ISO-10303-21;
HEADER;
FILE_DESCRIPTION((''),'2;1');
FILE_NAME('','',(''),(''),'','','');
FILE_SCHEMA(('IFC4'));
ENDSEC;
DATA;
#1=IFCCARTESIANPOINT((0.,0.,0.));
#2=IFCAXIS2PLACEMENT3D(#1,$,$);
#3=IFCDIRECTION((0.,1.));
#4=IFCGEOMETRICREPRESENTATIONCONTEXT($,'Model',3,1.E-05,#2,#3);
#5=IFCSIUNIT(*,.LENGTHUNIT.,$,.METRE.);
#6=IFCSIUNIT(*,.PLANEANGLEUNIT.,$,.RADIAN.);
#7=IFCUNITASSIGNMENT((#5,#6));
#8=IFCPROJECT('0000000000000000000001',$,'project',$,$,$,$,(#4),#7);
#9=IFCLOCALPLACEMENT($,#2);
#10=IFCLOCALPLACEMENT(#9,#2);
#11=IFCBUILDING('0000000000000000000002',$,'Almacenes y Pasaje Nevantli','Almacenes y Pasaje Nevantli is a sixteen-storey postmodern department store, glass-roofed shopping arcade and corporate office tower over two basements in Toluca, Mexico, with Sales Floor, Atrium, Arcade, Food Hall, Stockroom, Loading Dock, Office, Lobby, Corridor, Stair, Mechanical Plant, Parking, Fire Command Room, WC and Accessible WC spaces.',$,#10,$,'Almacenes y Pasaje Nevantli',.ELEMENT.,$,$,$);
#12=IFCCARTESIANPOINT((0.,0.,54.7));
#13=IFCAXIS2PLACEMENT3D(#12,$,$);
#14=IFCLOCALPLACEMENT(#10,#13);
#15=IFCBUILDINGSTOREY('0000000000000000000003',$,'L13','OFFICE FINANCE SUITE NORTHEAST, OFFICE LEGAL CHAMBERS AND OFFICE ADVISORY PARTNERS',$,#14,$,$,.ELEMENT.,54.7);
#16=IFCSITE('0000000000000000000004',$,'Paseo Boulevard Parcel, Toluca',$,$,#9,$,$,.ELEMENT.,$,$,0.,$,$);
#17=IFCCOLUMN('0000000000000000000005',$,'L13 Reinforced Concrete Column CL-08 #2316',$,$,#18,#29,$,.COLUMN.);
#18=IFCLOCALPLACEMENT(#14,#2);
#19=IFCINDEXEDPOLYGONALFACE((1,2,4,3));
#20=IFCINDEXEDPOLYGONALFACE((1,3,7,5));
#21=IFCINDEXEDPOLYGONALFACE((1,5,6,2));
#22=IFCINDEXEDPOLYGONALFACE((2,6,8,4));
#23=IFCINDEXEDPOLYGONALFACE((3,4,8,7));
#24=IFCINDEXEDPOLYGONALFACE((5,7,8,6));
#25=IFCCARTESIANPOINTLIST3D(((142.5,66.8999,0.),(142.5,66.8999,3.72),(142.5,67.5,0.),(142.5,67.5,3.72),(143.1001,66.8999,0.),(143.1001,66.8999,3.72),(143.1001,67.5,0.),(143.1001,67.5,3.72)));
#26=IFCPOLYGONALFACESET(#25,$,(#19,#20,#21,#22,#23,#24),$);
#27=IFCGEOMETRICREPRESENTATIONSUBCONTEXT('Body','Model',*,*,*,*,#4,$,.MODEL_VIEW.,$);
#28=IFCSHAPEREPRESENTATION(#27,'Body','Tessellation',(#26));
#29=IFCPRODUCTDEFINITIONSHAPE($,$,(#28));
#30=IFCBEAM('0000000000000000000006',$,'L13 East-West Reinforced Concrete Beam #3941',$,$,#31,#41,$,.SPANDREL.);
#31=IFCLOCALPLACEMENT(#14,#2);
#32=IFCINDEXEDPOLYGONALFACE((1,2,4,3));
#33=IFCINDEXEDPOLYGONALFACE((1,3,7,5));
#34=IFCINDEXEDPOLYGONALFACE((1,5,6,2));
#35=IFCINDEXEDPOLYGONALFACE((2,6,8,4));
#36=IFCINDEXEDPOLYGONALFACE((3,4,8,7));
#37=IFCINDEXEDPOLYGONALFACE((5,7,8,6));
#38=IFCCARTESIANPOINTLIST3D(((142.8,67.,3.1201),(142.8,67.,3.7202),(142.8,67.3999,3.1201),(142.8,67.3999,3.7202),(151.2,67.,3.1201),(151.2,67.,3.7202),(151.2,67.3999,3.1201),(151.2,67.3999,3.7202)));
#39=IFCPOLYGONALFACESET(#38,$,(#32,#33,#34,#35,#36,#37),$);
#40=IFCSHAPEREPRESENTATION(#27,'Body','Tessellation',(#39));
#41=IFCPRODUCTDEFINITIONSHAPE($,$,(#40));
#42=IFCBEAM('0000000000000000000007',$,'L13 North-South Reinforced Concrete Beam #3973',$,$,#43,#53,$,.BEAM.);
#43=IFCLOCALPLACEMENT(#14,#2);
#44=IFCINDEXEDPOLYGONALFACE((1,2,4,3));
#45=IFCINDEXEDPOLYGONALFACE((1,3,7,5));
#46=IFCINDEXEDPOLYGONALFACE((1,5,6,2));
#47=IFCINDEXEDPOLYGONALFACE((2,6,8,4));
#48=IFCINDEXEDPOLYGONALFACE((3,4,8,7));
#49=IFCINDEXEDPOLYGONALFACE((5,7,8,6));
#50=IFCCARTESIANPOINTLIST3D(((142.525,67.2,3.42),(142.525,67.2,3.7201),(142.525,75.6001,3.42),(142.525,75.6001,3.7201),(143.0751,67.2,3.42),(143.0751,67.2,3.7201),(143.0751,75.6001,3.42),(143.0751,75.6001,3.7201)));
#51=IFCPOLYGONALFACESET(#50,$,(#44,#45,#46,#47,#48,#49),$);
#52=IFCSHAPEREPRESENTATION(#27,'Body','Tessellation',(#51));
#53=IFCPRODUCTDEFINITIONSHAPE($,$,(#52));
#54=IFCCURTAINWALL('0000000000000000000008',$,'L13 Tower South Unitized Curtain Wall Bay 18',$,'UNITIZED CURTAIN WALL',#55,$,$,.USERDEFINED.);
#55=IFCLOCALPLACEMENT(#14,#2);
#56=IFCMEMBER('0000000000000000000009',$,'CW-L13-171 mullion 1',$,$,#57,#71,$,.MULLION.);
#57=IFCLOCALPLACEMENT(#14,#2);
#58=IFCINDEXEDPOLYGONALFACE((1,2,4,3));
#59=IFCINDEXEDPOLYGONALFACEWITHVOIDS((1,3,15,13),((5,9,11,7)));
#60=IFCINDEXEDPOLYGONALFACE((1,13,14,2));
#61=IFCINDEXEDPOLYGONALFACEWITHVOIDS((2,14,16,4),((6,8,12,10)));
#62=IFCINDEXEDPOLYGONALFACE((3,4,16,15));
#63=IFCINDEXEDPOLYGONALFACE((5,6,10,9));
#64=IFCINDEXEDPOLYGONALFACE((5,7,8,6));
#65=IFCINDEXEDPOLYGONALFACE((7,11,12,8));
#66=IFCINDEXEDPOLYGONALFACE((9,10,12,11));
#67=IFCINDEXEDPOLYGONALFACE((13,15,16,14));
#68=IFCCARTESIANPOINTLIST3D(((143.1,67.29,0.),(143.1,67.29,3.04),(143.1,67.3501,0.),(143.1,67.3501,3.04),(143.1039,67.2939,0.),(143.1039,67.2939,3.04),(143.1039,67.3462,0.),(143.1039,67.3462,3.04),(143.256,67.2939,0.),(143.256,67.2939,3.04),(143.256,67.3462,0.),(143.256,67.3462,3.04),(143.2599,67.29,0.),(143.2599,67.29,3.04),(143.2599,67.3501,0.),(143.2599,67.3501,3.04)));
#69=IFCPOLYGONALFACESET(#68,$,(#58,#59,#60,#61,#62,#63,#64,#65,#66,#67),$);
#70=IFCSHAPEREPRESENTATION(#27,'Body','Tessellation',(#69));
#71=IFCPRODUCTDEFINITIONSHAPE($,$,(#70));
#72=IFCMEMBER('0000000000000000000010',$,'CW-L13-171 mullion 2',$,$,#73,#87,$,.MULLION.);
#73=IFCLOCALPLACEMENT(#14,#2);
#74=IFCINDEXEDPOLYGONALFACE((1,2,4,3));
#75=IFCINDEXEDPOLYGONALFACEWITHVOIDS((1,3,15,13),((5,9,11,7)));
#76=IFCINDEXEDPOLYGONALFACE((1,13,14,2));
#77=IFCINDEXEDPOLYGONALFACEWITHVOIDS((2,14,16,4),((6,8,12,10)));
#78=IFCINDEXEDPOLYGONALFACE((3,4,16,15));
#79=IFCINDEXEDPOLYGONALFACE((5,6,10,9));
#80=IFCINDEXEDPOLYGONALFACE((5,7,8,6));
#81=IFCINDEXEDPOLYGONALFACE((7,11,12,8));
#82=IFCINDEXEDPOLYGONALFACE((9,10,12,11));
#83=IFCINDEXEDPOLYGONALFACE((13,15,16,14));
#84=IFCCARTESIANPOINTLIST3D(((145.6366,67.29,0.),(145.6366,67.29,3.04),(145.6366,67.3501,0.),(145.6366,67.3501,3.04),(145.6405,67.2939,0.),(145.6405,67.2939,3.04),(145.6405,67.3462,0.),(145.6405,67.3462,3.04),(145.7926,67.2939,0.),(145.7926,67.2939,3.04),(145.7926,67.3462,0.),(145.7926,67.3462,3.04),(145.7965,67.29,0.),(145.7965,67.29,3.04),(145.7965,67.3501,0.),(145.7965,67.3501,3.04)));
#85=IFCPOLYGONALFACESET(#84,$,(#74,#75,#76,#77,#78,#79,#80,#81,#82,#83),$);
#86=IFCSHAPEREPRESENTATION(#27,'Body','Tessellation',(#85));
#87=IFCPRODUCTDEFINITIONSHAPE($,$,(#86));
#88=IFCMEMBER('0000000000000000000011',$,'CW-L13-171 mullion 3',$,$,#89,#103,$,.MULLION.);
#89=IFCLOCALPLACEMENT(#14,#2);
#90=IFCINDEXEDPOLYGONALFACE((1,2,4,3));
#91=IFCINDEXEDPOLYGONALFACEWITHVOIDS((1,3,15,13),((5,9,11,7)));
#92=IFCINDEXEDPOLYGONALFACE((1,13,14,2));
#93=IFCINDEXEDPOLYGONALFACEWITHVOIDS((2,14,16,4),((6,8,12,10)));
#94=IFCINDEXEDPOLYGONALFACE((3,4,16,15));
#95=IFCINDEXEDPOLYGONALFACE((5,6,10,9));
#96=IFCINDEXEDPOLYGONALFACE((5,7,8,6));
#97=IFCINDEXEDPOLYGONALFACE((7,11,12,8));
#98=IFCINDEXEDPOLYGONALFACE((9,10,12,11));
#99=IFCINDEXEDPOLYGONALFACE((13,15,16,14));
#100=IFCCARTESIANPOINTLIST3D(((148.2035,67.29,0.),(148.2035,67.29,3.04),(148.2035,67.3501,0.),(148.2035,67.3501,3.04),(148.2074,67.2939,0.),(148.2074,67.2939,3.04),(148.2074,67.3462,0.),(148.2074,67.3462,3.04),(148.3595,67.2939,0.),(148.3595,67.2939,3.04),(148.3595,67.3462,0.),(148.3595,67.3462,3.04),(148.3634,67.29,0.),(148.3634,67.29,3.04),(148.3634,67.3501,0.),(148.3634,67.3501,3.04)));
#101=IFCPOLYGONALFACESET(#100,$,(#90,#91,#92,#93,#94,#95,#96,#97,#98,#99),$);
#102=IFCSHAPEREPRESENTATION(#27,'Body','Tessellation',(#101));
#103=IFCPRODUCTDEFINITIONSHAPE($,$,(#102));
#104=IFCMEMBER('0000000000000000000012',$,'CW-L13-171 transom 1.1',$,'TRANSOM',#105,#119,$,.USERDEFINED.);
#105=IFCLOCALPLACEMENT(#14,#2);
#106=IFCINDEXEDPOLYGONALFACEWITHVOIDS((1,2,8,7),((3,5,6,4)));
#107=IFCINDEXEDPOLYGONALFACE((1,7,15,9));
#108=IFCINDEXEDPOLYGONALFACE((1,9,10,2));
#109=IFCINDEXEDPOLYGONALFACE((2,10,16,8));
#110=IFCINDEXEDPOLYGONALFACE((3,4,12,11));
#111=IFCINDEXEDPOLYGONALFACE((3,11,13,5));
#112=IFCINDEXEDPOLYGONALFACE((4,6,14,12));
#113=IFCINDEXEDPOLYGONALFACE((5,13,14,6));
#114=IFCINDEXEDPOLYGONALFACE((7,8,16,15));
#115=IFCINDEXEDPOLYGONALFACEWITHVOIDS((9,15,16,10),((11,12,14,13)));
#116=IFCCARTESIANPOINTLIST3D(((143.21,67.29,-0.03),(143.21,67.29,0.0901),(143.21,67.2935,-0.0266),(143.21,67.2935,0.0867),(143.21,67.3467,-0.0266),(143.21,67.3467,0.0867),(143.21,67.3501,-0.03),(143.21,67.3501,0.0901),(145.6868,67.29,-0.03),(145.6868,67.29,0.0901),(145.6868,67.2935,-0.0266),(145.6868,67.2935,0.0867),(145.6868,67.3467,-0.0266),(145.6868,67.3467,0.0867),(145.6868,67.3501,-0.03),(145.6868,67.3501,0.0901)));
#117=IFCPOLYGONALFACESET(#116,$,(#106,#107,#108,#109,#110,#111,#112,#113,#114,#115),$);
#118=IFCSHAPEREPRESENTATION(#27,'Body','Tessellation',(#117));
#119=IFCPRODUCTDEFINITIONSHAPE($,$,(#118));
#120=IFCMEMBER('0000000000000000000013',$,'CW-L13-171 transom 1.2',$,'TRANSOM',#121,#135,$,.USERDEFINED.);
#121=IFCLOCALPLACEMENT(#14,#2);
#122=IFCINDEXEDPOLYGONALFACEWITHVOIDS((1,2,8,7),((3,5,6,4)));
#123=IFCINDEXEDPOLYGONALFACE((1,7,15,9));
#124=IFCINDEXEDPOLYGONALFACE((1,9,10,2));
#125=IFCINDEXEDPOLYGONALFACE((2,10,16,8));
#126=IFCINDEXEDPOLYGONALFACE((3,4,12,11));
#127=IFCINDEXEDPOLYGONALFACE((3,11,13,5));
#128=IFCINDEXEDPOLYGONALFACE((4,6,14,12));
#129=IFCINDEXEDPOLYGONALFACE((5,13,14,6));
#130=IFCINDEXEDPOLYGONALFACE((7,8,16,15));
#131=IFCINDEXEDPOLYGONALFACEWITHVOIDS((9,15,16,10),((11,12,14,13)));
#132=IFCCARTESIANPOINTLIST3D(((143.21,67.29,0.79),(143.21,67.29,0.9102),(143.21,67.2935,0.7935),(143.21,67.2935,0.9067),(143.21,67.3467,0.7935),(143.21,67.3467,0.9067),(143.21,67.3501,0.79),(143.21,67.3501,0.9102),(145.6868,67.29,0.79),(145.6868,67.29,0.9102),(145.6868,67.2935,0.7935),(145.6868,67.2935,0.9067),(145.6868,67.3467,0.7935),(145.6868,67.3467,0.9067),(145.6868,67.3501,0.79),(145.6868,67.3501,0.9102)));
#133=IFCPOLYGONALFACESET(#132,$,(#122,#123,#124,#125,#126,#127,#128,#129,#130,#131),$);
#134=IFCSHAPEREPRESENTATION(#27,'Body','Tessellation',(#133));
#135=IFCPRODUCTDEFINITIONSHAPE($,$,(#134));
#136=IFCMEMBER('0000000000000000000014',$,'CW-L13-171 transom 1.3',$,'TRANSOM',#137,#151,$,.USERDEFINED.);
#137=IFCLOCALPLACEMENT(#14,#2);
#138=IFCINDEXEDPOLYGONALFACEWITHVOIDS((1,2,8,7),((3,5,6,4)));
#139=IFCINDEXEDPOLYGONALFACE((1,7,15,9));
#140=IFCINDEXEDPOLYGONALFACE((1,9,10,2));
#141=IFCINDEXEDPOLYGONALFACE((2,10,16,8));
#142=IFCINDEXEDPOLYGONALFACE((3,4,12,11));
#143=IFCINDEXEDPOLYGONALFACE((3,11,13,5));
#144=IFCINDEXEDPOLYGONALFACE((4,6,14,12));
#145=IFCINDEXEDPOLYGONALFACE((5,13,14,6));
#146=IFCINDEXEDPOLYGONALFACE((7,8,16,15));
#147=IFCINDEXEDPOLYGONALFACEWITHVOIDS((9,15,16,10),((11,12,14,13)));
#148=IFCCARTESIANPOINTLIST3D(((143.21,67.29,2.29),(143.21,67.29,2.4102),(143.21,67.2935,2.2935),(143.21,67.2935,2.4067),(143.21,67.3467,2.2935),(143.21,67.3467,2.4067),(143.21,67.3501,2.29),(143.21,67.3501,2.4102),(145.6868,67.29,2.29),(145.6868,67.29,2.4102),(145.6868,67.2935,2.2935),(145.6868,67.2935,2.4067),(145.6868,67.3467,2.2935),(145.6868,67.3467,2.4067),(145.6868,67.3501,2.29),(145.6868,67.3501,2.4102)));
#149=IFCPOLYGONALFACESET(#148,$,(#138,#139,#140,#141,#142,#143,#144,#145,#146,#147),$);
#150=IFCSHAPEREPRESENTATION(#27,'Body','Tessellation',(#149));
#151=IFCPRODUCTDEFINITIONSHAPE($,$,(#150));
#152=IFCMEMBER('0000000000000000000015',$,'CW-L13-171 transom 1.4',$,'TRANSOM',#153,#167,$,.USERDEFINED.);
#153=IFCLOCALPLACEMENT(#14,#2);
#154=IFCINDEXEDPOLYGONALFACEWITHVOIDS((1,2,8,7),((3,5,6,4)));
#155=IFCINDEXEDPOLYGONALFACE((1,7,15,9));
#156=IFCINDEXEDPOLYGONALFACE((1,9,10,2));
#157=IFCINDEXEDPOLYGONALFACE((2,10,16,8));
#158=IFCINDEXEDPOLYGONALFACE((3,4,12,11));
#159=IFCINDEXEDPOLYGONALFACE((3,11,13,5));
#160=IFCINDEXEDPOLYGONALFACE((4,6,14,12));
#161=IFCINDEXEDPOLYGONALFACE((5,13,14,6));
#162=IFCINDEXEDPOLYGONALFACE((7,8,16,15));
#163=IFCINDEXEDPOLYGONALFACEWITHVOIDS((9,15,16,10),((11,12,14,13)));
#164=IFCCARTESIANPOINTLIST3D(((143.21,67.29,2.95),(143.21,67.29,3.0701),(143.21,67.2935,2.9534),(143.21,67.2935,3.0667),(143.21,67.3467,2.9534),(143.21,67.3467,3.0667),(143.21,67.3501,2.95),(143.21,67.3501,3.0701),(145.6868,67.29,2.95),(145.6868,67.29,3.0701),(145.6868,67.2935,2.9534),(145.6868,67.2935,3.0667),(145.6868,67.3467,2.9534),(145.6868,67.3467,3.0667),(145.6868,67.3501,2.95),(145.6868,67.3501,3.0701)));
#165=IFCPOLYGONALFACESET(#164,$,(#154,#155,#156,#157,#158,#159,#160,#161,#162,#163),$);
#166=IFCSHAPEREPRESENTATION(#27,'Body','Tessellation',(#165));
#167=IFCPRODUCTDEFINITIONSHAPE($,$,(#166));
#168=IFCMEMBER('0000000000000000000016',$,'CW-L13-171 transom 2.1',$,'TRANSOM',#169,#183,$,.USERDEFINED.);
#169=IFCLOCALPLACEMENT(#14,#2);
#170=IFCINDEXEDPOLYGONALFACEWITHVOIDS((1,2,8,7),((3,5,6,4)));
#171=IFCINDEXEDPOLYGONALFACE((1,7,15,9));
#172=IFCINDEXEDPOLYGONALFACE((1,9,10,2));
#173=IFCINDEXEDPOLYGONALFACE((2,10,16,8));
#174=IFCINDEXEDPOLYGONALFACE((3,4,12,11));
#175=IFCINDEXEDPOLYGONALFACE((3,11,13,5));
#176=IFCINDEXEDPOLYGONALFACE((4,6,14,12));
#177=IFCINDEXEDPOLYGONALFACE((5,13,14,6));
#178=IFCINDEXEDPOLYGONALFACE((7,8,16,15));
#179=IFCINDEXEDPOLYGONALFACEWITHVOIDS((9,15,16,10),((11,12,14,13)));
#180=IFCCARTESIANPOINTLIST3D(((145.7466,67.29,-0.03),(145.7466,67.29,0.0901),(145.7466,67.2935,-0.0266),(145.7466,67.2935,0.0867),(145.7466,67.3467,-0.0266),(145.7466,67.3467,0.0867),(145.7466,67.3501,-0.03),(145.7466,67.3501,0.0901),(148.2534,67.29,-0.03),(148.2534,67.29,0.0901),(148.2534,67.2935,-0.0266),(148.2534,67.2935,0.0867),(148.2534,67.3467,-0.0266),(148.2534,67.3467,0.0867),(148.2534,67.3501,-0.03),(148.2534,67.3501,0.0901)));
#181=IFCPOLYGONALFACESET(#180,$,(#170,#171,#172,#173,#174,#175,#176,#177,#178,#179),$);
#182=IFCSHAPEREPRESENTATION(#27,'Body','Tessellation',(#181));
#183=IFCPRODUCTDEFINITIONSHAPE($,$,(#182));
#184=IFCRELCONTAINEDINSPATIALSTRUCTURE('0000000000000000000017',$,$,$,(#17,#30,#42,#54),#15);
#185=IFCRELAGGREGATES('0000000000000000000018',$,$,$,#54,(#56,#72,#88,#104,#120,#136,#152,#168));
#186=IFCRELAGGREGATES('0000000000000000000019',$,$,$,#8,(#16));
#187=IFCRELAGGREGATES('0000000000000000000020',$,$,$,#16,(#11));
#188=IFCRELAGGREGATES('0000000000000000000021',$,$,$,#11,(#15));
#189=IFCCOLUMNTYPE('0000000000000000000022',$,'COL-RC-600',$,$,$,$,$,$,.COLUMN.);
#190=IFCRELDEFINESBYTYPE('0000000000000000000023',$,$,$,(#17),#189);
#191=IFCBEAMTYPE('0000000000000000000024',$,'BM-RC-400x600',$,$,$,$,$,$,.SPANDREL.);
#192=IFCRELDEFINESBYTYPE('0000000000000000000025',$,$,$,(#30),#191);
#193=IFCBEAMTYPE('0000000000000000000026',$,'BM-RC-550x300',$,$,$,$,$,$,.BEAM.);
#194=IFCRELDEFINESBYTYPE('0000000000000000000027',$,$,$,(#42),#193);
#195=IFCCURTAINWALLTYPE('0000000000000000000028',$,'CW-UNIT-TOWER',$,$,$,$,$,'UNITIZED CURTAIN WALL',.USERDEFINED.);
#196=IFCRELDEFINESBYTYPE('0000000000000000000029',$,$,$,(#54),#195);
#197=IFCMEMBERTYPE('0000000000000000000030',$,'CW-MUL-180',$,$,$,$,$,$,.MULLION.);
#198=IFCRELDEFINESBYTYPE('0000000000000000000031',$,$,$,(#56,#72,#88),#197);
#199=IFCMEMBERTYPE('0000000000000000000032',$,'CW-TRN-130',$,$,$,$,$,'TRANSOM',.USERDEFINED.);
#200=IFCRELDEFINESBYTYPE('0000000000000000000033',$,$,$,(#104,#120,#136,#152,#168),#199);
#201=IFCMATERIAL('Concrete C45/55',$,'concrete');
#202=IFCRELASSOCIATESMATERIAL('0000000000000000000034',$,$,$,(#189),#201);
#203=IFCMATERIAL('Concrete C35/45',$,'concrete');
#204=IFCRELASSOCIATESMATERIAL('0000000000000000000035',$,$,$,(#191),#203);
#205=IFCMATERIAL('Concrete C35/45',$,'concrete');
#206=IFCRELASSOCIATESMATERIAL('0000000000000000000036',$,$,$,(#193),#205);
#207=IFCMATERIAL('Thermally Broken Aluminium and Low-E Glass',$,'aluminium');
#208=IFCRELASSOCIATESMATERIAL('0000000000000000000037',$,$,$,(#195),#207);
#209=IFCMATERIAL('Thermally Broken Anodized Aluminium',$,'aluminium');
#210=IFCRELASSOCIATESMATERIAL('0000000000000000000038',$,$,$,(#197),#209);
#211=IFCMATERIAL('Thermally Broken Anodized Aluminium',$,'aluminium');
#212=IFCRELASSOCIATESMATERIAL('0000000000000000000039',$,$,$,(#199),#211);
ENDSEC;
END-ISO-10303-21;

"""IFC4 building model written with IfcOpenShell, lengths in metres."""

from ifc_helpers import new_model, si_unit, direction, frame, origin, origin_2d, place, context, subcontext, project, spatial, rectangle, hollow_rectangle, extrude, material, material_profile, profile_set, type_object, element, aggregate, save


model = new_model("IFC4")

# Units and contexts
model_context = context("Model", 3, precision=1e-05, world=origin(), true_north=direction((0.0, 1.0)))
body_context = subcontext(model_context, "Body", "Model", "MODEL_VIEW")
ifc_project = project(units=[si_unit("LENGTHUNIT", "METRE"), si_unit("PLANEANGLEUNIT", "RADIAN")], contexts=[model_context])

# Site, building, storey
site_placement = place(None, origin())
site = spatial("IfcSite", under=ifc_project, at=site_placement, Name="Paseo Boulevard Parcel, Toluca", CompositionType="ELEMENT", RefElevation=0.0)
building_placement = place(site_placement, origin())
building = spatial("IfcBuilding", under=site, at=building_placement, Name="Almacenes y Pasaje Nevantli", Description="Almacenes y Pasaje Nevantli is a sixteen-storey postmodern department store, glass-roofed shopping arcade and corporate office tower over two basements in Toluca, Mexico, with Sales Floor, Atrium, Arcade, Food Hall, Stockroom, Loading Dock, Office, Lobby, Corridor, Stair, Mechanical Plant, Parking, Fire Command Room, WC and Accessible WC spaces.", LongName="Almacenes y Pasaje Nevantli", CompositionType="ELEMENT")
storey_placement = place(building_placement, frame((0.0, 0.0, 54.7)))
storey = spatial("IfcBuildingStorey", under=building, at=storey_placement, Name="L13", Description="OFFICE FINANCE SUITE NORTHEAST, OFFICE LEGAL CHAMBERS AND OFFICE ADVISORY PARTNERS", CompositionType="ELEMENT", Elevation=54.7)

# Column
ifc_material_1 = material(Name="Concrete C45/55", Category="concrete")
ifc_material_profile_1 = material_profile(ifc_material_1, rectangle(XDim=0.6001, YDim=0.6001, at=origin_2d()), Name="RC-COL-600x600")
ifc_profile_set_1 = profile_set([ifc_material_profile_1], Name="Concrete C45/55")
column_type = type_object("IfcColumnType", Name="COL-RC-600", PredefinedType="COLUMN", material=ifc_profile_set_1)
column_placement = place(storey_placement, frame((142.8, 67.2, 0.0), z_axis=(0.0, 0.0, 1.0), x_axis=(1.0, 0.0, 0.0)))
element("IfcColumn", 1, at=column_placement, inside=storey, type_object=column_type, Name="L13 Reinforced Concrete Column CL-08 #2316", PredefinedType="COLUMN", context=body_context, shape_type="SweptSolid", body=[
    extrude(rectangle(XDim=0.6001, YDim=0.6001, at=origin_2d()), origin(), (0.0, 0.0, 1.0), 3.72),
])

# Beams
ifc_material_2 = material(Name="Concrete C35/45", Category="concrete")
ifc_material_profile_2 = material_profile(ifc_material_2, rectangle(XDim=0.3999, YDim=0.6001, at=origin_2d()), Name="RC-BM-400x600")
ifc_profile_set_2 = profile_set([ifc_material_profile_2], Name="Concrete C35/45")
beam_type_1 = type_object("IfcBeamType", Name="BM-RC-400x600", PredefinedType="SPANDREL", material=ifc_profile_set_2)
beam_1_placement = place(storey_placement, frame((142.8, 67.2, 3.4202), z_axis=(1.0, 0.0, 0.0), x_axis=(0.0, 1.0, 0.0)))
element("IfcBeam", 2, at=beam_1_placement, inside=storey, type_object=beam_type_1, Name="L13 East-West Reinforced Concrete Beam #3941", PredefinedType="SPANDREL", context=body_context, shape_type="SweptSolid", body=[
    extrude(rectangle(XDim=0.3999, YDim=0.6001, at=origin_2d()), origin(), (0.0, 0.0, 1.0), 8.3999),
])
ifc_material_3 = material(Name="Concrete C35/45", Category="concrete")
ifc_material_profile_3 = material_profile(ifc_material_3, rectangle(XDim=0.55, YDim=0.3, at=origin_2d()), Name="RC-BM-550x300")
ifc_profile_set_3 = profile_set([ifc_material_profile_3], Name="Concrete C35/45")
beam_type_2 = type_object("IfcBeamType", Name="BM-RC-550x300", PredefinedType="BEAM", material=ifc_profile_set_3)
beam_2_placement = place(storey_placement, frame((142.8, 67.2, 3.5701), z_axis=(0.0, 1.0, 0.0), x_axis=(-1.0, 0.0, 0.0)))
element("IfcBeam", 3, at=beam_2_placement, inside=storey, type_object=beam_type_2, Name="L13 North-South Reinforced Concrete Beam #3973", PredefinedType="BEAM", context=body_context, shape_type="SweptSolid", body=[
    extrude(rectangle(XDim=0.55, YDim=0.3, at=origin_2d()), origin(), (0.0, 0.0, 1.0), 8.4001),
])

# Curtain wall, members
ifc_material_4 = material(Name="Thermally Broken Aluminium and Low-E Glass", Category="aluminium")
curtain_wall_type = type_object("IfcCurtainWallType", Name="CW-UNIT-TOWER", ElementType="UNITIZED CURTAIN WALL", PredefinedType="USERDEFINED", material=ifc_material_4)
curtain_wall_placement = place(storey_placement, origin())
curtain_wall = element("IfcCurtainWall", 4, at=curtain_wall_placement, inside=storey, type_object=curtain_wall_type, Name="L13 Tower South Unitized Curtain Wall Bay 18", ObjectType="UNITIZED CURTAIN WALL", PredefinedType="USERDEFINED")
ifc_material_5 = material(Name="Thermally Broken Anodized Aluminium", Category="aluminium")
ifc_material_profile_4 = material_profile(ifc_material_5, hollow_rectangle(XDim=0.0601, YDim=0.1599, WallThickness=0.0039, at=origin_2d()), Name="ALU-MUL-60x160")
ifc_profile_set_4 = profile_set([ifc_material_profile_4], Name="Thermally Broken Anodized Aluminium")
member_type_1 = type_object("IfcMemberType", Name="CW-MUL-180", PredefinedType="MULLION", material=ifc_profile_set_4)
member_1_placement = place(storey_placement, frame((143.1799, 67.3201, 0.0), z_axis=(0.0, 0.0, 1.0), x_axis=(0.0, 1.0, 0.0)))
member_1 = element("IfcMember", 5, at=member_1_placement, type_object=member_type_1, Name="CW-L13-171 mullion 1", PredefinedType="MULLION", context=body_context, shape_type="SweptSolid", body=[
    extrude(hollow_rectangle(XDim=0.0601, YDim=0.1599, WallThickness=0.0039, at=origin_2d()), origin(), (0.0, 0.0, 1.0), 3.04),
])
member_2_placement = place(storey_placement, frame((145.7166, 67.3201, 0.0), z_axis=(0.0, 0.0, 1.0), x_axis=(0.0, 1.0, 0.0)))
member_2 = element("IfcMember", 6, at=member_2_placement, type_object=member_type_1, Name="CW-L13-171 mullion 2", PredefinedType="MULLION", context=body_context, shape_type="SweptSolid", body=[
    extrude(hollow_rectangle(XDim=0.0601, YDim=0.1599, WallThickness=0.0039, at=origin_2d()), origin(), (0.0, 0.0, 1.0), 3.04),
])
member_3_placement = place(storey_placement, frame((148.2834, 67.3201, 0.0), z_axis=(0.0, 0.0, 1.0), x_axis=(0.0, 1.0, 0.0)))
member_3 = element("IfcMember", 7, at=member_3_placement, type_object=member_type_1, Name="CW-L13-171 mullion 3", PredefinedType="MULLION", context=body_context, shape_type="SweptSolid", body=[
    extrude(hollow_rectangle(XDim=0.0601, YDim=0.1599, WallThickness=0.0039, at=origin_2d()), origin(), (0.0, 0.0, 1.0), 3.04),
])
ifc_material_6 = material(Name="Thermally Broken Anodized Aluminium", Category="aluminium")
ifc_material_profile_5 = material_profile(ifc_material_6, hollow_rectangle(XDim=0.0601, YDim=0.1201, WallThickness=0.0034, at=origin_2d()), Name="ALU-TRN-60x120")
ifc_profile_set_5 = profile_set([ifc_material_profile_5], Name="Thermally Broken Anodized Aluminium")
member_type_2 = type_object("IfcMemberType", Name="CW-TRN-130", ElementType="TRANSOM", PredefinedType="USERDEFINED", material=ifc_profile_set_5)
member_4_placement = place(storey_placement, frame((143.21, 67.3201, 0.03), z_axis=(1.0, 0.0, 0.0), x_axis=(0.0, 1.0, 0.0)))
member_4 = element("IfcMember", 8, at=member_4_placement, type_object=member_type_2, Name="CW-L13-171 transom 1.1", ObjectType="TRANSOM", PredefinedType="USERDEFINED", context=body_context, shape_type="SweptSolid", body=[
    extrude(hollow_rectangle(XDim=0.0601, YDim=0.1201, WallThickness=0.0034, at=origin_2d()), origin(), (0.0, 0.0, 1.0), 2.4768),
])
member_5_placement = place(storey_placement, frame((143.21, 67.3201, 0.8501), z_axis=(1.0, 0.0, 0.0), x_axis=(0.0, 1.0, 0.0)))
member_5 = element("IfcMember", 9, at=member_5_placement, type_object=member_type_2, Name="CW-L13-171 transom 1.2", ObjectType="TRANSOM", PredefinedType="USERDEFINED", context=body_context, shape_type="SweptSolid", body=[
    extrude(hollow_rectangle(XDim=0.0601, YDim=0.1201, WallThickness=0.0034, at=origin_2d()), origin(), (0.0, 0.0, 1.0), 2.4768),
])
member_6_placement = place(storey_placement, frame((143.21, 67.3201, 2.3501), z_axis=(1.0, 0.0, 0.0), x_axis=(0.0, 1.0, 0.0)))
member_6 = element("IfcMember", 10, at=member_6_placement, type_object=member_type_2, Name="CW-L13-171 transom 1.3", ObjectType="TRANSOM", PredefinedType="USERDEFINED", context=body_context, shape_type="SweptSolid", body=[
    extrude(hollow_rectangle(XDim=0.0601, YDim=0.1201, WallThickness=0.0034, at=origin_2d()), origin(), (0.0, 0.0, 1.0), 2.4768),
])
member_7_placement = place(storey_placement, frame((143.21, 67.3201, 3.01), z_axis=(1.0, 0.0, 0.0), x_axis=(0.0, 1.0, 0.0)))
member_7 = element("IfcMember", 11, at=member_7_placement, type_object=member_type_2, Name="CW-L13-171 transom 1.4", ObjectType="TRANSOM", PredefinedType="USERDEFINED", context=body_context, shape_type="SweptSolid", body=[
    extrude(hollow_rectangle(XDim=0.0601, YDim=0.1201, WallThickness=0.0034, at=origin_2d()), origin(), (0.0, 0.0, 1.0), 2.4768),
])
member_8_placement = place(storey_placement, frame((145.7466, 67.3201, 0.03), z_axis=(1.0, 0.0, 0.0), x_axis=(0.0, 1.0, 0.0)))
member_8 = element("IfcMember", 12, at=member_8_placement, type_object=member_type_2, Name="CW-L13-171 transom 2.1", ObjectType="TRANSOM", PredefinedType="USERDEFINED", context=body_context, shape_type="SweptSolid", body=[
    extrude(hollow_rectangle(XDim=0.0601, YDim=0.1201, WallThickness=0.0034, at=origin_2d()), origin(), (0.0, 0.0, 1.0), 2.5068),
])
aggregate(curtain_wall, [member_1, member_2, member_3, member_4, member_5, member_6, member_7, member_8])

save(model, "model.ifc")
